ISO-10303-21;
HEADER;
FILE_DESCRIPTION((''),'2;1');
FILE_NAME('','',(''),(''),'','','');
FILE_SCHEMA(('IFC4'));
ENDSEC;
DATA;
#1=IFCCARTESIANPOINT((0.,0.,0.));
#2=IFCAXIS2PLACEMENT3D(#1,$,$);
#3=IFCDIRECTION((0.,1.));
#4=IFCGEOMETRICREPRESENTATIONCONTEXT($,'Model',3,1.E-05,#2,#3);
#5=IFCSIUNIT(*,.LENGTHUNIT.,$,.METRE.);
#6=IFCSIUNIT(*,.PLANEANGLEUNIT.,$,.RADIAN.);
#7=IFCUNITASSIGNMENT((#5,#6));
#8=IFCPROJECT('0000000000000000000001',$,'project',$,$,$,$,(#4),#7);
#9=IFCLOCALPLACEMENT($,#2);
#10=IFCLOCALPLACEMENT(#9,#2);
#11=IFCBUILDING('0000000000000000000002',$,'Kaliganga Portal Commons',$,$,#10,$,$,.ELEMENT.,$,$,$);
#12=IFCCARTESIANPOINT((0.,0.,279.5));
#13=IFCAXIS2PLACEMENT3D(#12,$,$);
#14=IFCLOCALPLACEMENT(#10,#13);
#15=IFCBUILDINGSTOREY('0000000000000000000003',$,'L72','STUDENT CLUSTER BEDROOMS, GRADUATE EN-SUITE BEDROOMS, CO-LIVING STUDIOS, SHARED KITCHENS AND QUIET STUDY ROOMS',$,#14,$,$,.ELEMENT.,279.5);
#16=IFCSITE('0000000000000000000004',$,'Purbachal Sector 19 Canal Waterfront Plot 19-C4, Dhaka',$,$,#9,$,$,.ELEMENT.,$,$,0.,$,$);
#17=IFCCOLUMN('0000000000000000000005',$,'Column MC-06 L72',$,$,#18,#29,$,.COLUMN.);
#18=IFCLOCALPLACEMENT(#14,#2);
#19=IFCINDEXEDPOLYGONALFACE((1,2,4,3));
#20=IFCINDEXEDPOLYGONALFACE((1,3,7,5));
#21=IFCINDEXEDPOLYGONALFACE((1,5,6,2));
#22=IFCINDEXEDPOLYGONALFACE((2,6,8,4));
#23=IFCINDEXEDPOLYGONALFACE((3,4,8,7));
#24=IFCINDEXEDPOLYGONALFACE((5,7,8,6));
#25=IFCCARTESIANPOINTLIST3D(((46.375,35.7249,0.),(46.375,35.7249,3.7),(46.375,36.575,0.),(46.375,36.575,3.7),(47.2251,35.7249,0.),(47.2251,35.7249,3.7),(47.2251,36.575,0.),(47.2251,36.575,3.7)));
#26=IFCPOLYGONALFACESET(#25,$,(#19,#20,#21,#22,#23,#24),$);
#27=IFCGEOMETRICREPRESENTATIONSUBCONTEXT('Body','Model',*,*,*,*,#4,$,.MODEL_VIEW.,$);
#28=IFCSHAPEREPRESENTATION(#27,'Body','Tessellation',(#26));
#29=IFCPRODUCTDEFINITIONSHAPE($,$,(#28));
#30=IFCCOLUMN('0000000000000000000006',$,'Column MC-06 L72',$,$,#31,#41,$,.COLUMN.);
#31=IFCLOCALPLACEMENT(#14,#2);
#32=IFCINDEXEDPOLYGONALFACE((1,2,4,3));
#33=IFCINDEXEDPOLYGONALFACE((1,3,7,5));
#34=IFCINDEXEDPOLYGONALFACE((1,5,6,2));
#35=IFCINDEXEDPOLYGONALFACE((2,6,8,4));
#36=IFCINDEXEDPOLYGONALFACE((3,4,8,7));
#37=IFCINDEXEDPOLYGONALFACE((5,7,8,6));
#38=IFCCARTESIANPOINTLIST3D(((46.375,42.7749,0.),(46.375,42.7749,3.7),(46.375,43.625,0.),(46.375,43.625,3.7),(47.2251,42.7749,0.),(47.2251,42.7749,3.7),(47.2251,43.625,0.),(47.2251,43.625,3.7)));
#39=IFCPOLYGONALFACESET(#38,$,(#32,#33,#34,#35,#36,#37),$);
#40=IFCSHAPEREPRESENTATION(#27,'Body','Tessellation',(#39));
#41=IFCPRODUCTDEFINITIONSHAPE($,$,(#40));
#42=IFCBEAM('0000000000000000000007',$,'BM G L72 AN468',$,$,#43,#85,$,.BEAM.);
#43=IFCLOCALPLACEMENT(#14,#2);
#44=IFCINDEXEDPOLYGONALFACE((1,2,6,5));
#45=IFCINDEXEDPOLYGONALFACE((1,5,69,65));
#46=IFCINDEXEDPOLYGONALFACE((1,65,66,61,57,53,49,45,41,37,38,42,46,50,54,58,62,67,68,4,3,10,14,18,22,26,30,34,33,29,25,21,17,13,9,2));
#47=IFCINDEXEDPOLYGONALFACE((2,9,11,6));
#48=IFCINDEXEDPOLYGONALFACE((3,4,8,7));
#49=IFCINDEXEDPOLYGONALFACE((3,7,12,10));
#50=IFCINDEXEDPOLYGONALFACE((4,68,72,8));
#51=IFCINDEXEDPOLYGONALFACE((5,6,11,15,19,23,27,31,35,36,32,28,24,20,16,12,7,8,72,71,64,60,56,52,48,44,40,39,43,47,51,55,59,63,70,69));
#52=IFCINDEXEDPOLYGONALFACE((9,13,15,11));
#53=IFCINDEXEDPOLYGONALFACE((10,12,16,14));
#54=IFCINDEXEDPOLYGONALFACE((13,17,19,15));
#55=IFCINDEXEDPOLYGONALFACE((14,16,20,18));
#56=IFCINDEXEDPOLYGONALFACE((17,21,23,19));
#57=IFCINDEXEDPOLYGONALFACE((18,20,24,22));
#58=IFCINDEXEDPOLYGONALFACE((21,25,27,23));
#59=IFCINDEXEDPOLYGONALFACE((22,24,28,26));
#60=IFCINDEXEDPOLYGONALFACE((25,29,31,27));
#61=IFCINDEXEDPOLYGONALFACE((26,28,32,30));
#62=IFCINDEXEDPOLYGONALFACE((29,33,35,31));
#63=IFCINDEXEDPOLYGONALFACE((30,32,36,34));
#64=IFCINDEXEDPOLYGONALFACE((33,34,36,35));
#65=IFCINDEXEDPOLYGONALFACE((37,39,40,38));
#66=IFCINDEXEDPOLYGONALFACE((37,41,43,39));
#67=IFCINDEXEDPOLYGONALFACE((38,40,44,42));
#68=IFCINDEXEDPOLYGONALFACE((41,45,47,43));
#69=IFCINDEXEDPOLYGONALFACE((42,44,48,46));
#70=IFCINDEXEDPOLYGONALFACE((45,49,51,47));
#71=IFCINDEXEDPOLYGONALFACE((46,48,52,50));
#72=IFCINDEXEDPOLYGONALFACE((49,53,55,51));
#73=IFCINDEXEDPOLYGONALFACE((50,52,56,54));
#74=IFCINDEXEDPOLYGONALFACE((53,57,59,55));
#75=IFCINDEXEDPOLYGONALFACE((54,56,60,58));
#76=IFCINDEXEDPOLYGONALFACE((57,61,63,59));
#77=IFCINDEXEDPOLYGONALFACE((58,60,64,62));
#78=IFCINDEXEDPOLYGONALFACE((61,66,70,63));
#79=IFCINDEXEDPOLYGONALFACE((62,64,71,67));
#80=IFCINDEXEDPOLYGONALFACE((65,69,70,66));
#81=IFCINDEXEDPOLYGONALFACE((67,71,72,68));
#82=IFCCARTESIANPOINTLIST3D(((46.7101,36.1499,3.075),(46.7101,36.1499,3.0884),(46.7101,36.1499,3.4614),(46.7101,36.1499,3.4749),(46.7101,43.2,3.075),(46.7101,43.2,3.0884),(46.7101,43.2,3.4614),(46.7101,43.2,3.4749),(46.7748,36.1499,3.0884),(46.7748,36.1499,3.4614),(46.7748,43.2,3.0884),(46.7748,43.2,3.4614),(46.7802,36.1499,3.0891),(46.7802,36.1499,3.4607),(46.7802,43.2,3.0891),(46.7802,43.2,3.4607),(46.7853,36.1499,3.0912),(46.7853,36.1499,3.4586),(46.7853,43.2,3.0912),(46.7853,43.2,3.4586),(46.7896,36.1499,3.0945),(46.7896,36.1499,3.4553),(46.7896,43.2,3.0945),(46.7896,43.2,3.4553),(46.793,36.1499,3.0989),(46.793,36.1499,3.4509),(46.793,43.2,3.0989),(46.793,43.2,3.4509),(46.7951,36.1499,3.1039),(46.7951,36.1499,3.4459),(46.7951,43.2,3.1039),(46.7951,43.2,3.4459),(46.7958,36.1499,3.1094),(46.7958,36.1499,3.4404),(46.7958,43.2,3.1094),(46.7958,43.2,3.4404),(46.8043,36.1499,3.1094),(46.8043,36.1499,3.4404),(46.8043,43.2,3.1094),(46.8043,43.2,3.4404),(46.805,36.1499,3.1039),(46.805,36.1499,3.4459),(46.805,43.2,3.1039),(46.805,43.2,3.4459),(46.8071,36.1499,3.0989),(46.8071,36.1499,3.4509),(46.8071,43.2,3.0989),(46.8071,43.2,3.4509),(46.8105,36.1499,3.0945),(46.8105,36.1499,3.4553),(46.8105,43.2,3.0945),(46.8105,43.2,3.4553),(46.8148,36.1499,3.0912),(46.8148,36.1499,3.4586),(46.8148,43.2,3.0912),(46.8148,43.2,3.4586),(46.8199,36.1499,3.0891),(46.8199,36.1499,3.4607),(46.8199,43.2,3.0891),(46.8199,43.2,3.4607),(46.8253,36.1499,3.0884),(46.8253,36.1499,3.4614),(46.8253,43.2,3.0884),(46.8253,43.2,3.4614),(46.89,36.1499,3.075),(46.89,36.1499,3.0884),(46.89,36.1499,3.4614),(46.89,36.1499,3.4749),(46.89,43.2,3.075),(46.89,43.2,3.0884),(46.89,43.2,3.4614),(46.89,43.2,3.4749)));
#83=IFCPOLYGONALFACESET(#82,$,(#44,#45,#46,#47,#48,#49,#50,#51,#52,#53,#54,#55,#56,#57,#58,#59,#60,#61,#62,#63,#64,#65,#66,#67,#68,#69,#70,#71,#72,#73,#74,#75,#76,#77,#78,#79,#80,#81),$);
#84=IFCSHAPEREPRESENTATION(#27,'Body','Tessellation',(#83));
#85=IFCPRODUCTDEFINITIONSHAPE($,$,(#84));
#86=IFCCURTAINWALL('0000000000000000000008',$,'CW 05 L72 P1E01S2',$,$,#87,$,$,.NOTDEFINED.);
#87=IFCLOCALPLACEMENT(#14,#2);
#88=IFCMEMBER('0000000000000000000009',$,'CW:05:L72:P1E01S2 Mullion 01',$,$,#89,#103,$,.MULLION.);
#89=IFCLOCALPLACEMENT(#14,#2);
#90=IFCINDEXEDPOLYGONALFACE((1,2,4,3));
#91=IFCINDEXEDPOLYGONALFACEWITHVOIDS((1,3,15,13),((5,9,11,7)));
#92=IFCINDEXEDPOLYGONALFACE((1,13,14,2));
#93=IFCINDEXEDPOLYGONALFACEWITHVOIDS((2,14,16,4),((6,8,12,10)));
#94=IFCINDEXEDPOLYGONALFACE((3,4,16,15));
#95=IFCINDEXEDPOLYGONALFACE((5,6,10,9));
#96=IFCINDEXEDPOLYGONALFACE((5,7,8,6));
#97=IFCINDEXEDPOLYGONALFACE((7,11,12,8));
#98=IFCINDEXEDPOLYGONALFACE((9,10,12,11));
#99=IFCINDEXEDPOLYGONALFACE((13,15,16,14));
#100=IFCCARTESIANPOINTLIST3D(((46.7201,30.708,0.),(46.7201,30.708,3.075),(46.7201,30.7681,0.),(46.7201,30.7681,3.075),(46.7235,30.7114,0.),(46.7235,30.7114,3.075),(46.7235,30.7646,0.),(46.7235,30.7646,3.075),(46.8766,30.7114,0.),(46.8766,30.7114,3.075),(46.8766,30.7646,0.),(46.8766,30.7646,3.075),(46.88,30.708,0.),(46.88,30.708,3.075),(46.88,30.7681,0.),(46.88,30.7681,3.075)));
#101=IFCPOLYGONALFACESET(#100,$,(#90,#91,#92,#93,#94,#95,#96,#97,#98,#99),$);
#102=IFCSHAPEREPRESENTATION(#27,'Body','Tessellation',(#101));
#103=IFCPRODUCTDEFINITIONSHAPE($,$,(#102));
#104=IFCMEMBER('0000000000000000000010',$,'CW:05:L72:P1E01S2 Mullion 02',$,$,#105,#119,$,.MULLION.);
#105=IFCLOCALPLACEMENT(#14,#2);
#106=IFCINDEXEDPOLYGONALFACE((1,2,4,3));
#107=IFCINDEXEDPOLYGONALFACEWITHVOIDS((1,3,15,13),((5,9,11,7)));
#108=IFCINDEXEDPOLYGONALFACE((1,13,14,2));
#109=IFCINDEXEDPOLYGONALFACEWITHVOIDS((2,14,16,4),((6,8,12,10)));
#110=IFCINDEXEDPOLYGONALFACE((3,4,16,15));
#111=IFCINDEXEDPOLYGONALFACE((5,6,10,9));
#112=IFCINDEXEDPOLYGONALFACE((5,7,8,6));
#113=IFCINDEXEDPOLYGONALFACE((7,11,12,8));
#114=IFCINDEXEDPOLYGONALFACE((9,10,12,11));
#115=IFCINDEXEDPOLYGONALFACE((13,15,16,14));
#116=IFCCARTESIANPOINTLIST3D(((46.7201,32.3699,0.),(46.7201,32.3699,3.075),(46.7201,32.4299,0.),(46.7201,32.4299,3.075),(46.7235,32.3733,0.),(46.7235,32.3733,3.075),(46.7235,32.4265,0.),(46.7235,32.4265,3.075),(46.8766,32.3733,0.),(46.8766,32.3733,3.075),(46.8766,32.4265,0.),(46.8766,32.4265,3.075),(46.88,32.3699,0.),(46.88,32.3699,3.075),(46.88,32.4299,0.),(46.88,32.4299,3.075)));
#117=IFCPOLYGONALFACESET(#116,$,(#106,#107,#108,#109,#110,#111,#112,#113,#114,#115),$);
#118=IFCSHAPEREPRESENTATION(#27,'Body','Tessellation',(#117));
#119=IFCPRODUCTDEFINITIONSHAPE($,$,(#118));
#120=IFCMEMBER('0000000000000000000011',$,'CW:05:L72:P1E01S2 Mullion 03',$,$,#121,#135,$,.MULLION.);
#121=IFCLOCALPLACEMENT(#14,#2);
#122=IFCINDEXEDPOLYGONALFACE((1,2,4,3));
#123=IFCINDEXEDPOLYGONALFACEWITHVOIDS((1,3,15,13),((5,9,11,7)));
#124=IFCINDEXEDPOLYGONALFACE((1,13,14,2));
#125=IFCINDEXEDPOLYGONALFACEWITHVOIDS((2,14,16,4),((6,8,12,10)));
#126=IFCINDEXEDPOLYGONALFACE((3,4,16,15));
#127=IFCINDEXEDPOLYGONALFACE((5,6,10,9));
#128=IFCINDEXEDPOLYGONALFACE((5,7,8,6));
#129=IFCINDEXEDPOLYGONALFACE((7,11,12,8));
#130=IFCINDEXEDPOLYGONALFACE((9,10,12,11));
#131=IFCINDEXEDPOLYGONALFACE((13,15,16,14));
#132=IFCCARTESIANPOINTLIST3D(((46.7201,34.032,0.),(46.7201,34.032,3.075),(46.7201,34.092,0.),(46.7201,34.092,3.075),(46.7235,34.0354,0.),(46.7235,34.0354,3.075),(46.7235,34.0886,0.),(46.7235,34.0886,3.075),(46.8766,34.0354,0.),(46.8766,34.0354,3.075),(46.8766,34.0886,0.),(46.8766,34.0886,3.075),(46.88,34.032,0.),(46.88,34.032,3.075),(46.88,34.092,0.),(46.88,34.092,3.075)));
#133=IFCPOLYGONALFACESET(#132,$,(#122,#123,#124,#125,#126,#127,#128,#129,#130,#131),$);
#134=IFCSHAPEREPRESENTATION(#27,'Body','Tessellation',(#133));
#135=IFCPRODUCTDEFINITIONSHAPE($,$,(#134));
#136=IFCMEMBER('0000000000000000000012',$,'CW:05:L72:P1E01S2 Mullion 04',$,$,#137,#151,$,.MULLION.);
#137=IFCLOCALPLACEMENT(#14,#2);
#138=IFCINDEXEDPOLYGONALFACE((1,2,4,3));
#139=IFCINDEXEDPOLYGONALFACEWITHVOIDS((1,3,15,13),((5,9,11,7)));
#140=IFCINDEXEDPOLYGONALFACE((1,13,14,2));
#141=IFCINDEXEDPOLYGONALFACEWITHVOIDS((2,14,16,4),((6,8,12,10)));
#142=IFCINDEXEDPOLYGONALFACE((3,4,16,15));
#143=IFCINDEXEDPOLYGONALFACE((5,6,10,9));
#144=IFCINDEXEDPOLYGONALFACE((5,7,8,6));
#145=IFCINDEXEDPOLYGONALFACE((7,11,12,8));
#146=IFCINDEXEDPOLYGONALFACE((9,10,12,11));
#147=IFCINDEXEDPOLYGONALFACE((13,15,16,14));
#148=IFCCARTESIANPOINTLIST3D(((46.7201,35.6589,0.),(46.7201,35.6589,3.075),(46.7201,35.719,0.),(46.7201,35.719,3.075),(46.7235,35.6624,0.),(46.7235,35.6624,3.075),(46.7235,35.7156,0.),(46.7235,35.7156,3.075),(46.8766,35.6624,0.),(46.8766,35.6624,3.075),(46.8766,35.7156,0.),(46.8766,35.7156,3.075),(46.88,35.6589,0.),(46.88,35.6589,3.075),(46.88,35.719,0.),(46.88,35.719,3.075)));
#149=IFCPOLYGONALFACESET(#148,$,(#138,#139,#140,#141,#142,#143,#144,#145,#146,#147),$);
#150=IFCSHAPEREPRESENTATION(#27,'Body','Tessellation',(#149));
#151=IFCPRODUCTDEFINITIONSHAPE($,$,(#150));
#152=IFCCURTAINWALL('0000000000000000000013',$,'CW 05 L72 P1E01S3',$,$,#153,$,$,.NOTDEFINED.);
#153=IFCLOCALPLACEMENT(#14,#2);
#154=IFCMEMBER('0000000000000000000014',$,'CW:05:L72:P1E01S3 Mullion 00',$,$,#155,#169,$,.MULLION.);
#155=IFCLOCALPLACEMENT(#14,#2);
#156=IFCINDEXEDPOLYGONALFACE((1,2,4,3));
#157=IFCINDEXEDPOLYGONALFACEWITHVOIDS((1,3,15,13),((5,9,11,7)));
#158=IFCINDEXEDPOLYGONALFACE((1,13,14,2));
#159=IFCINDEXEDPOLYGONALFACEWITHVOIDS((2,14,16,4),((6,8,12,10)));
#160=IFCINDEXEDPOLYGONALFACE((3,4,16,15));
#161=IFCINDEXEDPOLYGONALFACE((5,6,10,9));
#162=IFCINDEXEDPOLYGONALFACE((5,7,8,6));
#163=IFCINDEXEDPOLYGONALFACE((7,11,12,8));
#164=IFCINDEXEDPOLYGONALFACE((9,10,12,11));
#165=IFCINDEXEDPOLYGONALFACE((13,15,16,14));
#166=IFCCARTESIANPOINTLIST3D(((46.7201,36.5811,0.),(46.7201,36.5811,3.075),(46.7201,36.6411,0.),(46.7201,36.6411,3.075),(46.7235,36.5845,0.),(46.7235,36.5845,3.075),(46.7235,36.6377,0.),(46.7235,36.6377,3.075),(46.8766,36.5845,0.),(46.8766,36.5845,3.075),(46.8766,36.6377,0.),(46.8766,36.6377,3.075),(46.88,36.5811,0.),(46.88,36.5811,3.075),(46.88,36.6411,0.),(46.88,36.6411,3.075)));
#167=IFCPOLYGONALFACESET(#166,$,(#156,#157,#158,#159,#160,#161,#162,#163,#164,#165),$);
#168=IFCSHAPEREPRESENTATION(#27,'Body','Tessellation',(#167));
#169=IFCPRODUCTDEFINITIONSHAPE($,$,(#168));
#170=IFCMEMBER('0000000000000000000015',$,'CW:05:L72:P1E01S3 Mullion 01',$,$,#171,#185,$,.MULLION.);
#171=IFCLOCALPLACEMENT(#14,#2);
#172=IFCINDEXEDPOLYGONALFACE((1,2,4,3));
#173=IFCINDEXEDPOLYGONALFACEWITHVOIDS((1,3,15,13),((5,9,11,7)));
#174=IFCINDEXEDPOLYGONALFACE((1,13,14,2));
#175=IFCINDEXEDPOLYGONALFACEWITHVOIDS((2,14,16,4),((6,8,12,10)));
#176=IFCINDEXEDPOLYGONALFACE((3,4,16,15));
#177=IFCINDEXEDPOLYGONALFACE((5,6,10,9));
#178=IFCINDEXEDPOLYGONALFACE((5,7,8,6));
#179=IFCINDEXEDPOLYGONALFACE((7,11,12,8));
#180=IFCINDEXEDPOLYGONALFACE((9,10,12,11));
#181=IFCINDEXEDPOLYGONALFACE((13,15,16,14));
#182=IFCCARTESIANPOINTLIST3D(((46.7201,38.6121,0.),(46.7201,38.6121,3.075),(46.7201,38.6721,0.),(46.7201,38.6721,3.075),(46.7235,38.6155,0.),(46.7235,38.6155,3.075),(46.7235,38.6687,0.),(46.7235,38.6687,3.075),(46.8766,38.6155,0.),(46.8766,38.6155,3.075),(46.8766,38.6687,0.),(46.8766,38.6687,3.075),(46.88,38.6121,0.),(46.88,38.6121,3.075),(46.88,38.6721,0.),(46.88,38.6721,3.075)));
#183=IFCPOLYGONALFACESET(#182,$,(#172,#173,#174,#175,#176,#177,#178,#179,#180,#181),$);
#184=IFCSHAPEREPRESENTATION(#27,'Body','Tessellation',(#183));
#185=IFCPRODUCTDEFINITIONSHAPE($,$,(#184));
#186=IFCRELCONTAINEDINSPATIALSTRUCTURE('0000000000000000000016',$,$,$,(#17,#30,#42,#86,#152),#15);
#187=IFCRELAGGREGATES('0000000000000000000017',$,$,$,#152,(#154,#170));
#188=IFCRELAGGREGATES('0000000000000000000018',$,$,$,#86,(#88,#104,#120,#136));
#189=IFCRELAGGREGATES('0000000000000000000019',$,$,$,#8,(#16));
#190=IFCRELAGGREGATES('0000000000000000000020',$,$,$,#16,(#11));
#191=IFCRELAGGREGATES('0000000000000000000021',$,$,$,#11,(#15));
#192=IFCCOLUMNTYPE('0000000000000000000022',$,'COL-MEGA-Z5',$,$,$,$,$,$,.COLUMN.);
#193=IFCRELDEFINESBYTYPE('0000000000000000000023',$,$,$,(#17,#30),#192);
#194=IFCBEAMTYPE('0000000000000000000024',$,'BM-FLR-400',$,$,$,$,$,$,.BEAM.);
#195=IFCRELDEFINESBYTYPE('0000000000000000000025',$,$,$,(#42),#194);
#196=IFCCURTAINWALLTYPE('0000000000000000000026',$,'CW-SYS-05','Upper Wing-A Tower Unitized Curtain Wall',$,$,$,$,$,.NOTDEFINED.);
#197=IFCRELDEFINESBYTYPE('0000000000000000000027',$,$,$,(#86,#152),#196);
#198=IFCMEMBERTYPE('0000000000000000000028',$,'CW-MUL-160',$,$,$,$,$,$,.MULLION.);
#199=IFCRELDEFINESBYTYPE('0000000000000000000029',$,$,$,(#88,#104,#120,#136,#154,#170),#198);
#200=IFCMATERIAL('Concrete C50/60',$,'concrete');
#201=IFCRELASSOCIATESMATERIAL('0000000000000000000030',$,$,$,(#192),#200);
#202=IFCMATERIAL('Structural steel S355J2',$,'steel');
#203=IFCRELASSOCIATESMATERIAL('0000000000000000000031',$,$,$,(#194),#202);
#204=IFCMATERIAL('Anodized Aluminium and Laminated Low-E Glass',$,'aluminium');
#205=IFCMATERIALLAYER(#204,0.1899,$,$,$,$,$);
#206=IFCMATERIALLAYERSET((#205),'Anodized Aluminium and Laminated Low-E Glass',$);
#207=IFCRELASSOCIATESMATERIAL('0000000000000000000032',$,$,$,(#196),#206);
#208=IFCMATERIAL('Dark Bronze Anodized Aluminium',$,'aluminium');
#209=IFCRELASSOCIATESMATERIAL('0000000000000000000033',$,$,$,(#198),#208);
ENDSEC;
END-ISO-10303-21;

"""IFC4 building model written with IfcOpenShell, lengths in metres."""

from ifc_helpers import new_model, si_unit, direction, frame, origin, origin_2d, place, context, subcontext, project, spatial, rectangle, hollow_rectangle, i_section, extrude, source, transform, mapped, material, layer, layer_set, material_profile, profile_set, type_object, element, aggregate, save


model = new_model("IFC4")

# Units and contexts
model_context = context("Model", 3, precision=1e-05, world=origin(), true_north=direction((0.0, 1.0)))
body_context = subcontext(model_context, "Body", "Model", "MODEL_VIEW")
ifc_project = project(units=[si_unit("LENGTHUNIT", "METRE"), si_unit("PLANEANGLEUNIT", "RADIAN")], contexts=[model_context])

# Site, building, storey
site_placement = place(None, origin())
site = spatial("IfcSite", under=ifc_project, at=site_placement, Name="Purbachal Sector 19 Canal Waterfront Plot 19-C4, Dhaka", CompositionType="ELEMENT", RefElevation=0.0)
building_placement = place(site_placement, origin())
building = spatial("IfcBuilding", under=site, at=building_placement, Name="Kaliganga Portal Commons", CompositionType="ELEMENT")
storey_placement = place(building_placement, frame((0.0, 0.0, 279.5)))
storey = spatial("IfcBuildingStorey", under=building, at=storey_placement, Name="L72", Description="STUDENT CLUSTER BEDROOMS, GRADUATE EN-SUITE BEDROOMS, CO-LIVING STUDIOS, SHARED KITCHENS AND QUIET STUDY ROOMS", CompositionType="ELEMENT", Elevation=279.5)

# Columns
ifc_material_1 = material(Name="Concrete C50/60", Category="concrete")
ifc_material_profile_1 = material_profile(ifc_material_1, rectangle(XDim=0.8501, YDim=0.8501, at=origin_2d()), Name="RC 850x850")
ifc_profile_set_1 = profile_set([ifc_material_profile_1], Name="Concrete C50/60")
column_type = type_object("IfcColumnType", Name="COL-MEGA-Z5", PredefinedType="COLUMN", material=ifc_profile_set_1)
shared_shape_1 = source(origin(), body_context, "Body", "SweptSolid", [
    extrude(rectangle(XDim=0.8501, YDim=0.8501, at=origin_2d()), origin(), (0.0, 0.0, 1.0), 3.7),
])
for number, where, z_axis, x_axis, name in (
    (1, (46.8, 36.1499, 0.0), (0.0, 0.0, 1.0), (1.0, 0.0, 0.0), "Column MC-06 L72"),
    (2, (46.8, 43.2, 0.0), (0.0, 0.0, 1.0), (1.0, 0.0, 0.0), "Column MC-06 L72"),
):
    element("IfcColumn", number, at=place(storey_placement, frame(where, z_axis=z_axis, x_axis=x_axis)), inside=storey, type_object=column_type, Name=name, PredefinedType="COLUMN", context=body_context, shape_type="MappedRepresentation", body=[
        mapped(shared_shape_1, transform((0.0, 0.0, 0.0), x_axis=(1.0, 0.0, 0.0), y_axis=(0.0, 1.0, 0.0), z_axis=(0.0, 0.0, 1.0), scale=1.0)),
    ])

# Beam
ifc_material_2 = material(Name="Structural steel S355J2", Category="steel")
ifc_material_profile_2 = material_profile(ifc_material_2, i_section(OverallWidth=0.1799, OverallDepth=0.3999, WebThickness=0.0085, FlangeThickness=0.0134, FilletRadius=0.021, at=origin_2d()), Name="IPE 400")
ifc_profile_set_2 = profile_set([ifc_material_profile_2], Name="Structural steel S355J2 wide-flange")
beam_type = type_object("IfcBeamType", Name="BM-FLR-400", PredefinedType="BEAM", material=ifc_profile_set_2)
shared_shape_2 = source(origin(), body_context, "Body", "SweptSolid", [
    extrude(i_section(OverallWidth=0.1799, OverallDepth=0.3999, WebThickness=0.0085, FlangeThickness=0.0134, FilletRadius=0.021, at=origin_2d()), origin(), (0.0, 0.0, 1.0), 7.05),
])
beam_placement = place(storey_placement, frame((46.8, 36.1499, 3.2749), z_axis=(0.0, 1.0, 0.0), x_axis=(-1.0, 0.0, 0.0)))
element("IfcBeam", 3, at=beam_placement, inside=storey, type_object=beam_type, Name="BM G L72 AN468", PredefinedType="BEAM", context=body_context, shape_type="MappedRepresentation", body=[
    mapped(shared_shape_2, transform((0.0, 0.0, 0.0), x_axis=(1.0, 0.0, 0.0), y_axis=(0.0, 1.0, 0.0), z_axis=(0.0, 0.0, 1.0), scale=1.0)),
])

# Curtain wall, members
ifc_material_3 = material(Name="Anodized Aluminium and Laminated Low-E Glass", Category="aluminium")
ifc_layer_1 = layer(ifc_material_3, 0.1899)
ifc_layer_set_1 = layer_set([ifc_layer_1], Name="Anodized Aluminium and Laminated Low-E Glass")
curtain_wall_type = type_object("IfcCurtainWallType", Name="CW-SYS-05", Description="Upper Wing-A Tower Unitized Curtain Wall", PredefinedType="NOTDEFINED", material=ifc_layer_set_1)
curtain_wall_1_placement = place(storey_placement, origin())
curtain_wall_1 = element("IfcCurtainWall", 4, at=curtain_wall_1_placement, inside=storey, type_object=curtain_wall_type, Name="CW 05 L72 P1E01S2", PredefinedType="NOTDEFINED")
ifc_material_4 = material(Name="Dark Bronze Anodized Aluminium", Category="aluminium")
ifc_material_profile_3 = material_profile(ifc_material_4, hollow_rectangle(XDim=0.0601, YDim=0.1599, WallThickness=0.0034, at=origin_2d()), Name="ALU MULL 60x160x3.5")
ifc_profile_set_3 = profile_set([ifc_material_profile_3], Name="Dark Bronze Anodized Aluminium")
member_type_1 = type_object("IfcMemberType", Name="CW-MUL-160", PredefinedType="MULLION", material=ifc_profile_set_3)
shared_shape_3 = source(origin(), body_context, "Body", "SweptSolid", [
    extrude(hollow_rectangle(XDim=0.0601, YDim=0.1599, WallThickness=0.0034, at=origin_2d()), origin(), (0.0, 0.0, 1.0), 3.075),
])
member_1_placement = place(storey_placement, frame((46.8, 30.738, 0.0), z_axis=(0.0, 0.0, 1.0), x_axis=(0.0, 1.0, 0.0)))
member_1 = element("IfcMember", 5, at=member_1_placement, type_object=member_type_1, Name="CW:05:L72:P1E01S2 Mullion 01", PredefinedType="MULLION", context=body_context, shape_type="MappedRepresentation", body=[
    mapped(shared_shape_3, transform((0.0, 0.0, 0.0), x_axis=(1.0, 0.0, 0.0), y_axis=(0.0, 1.0, 0.0), z_axis=(0.0, 0.0, 1.0), scale=1.0)),
])
member_2_placement = place(storey_placement, frame((46.8, 32.3999, 0.0), z_axis=(0.0, 0.0, 1.0), x_axis=(0.0, 1.0, 0.0)))
member_2 = element("IfcMember", 6, at=member_2_placement, type_object=member_type_1, Name="CW:05:L72:P1E01S2 Mullion 02", PredefinedType="MULLION", context=body_context, shape_type="MappedRepresentation", body=[
    mapped(shared_shape_3, transform((0.0, 0.0, 0.0), x_axis=(1.0, 0.0, 0.0), y_axis=(0.0, 1.0, 0.0), z_axis=(0.0, 0.0, 1.0), scale=1.0)),
])
member_3_placement = place(storey_placement, frame((46.8, 34.062, 0.0), z_axis=(0.0, 0.0, 1.0), x_axis=(0.0, 1.0, 0.0)))
member_3 = element("IfcMember", 7, at=member_3_placement, type_object=member_type_1, Name="CW:05:L72:P1E01S2 Mullion 03", PredefinedType="MULLION", context=body_context, shape_type="MappedRepresentation", body=[
    mapped(shared_shape_3, transform((0.0, 0.0, 0.0), x_axis=(1.0, 0.0, 0.0), y_axis=(0.0, 1.0, 0.0), z_axis=(0.0, 0.0, 1.0), scale=1.0)),
])
member_4_placement = place(storey_placement, frame((46.8, 35.689, 0.0), z_axis=(0.0, 0.0, 1.0), x_axis=(0.0, 1.0, 0.0)))
member_4 = element("IfcMember", 8, at=member_4_placement, type_object=member_type_1, Name="CW:05:L72:P1E01S2 Mullion 04", PredefinedType="MULLION", context=body_context, shape_type="MappedRepresentation", body=[
    mapped(shared_shape_3, transform((0.0, 0.0, 0.0), x_axis=(1.0, 0.0, 0.0), y_axis=(0.0, 1.0, 0.0), z_axis=(0.0, 0.0, 1.0), scale=1.0)),
])

# Curtain wall, members
curtain_wall_2_placement = place(storey_placement, origin())
curtain_wall_2 = element("IfcCurtainWall", 9, at=curtain_wall_2_placement, inside=storey, type_object=curtain_wall_type, Name="CW 05 L72 P1E01S3", PredefinedType="NOTDEFINED")
member_5_placement = place(storey_placement, frame((46.8, 36.6111, 0.0), z_axis=(0.0, 0.0, 1.0), x_axis=(0.0, 1.0, 0.0)))
member_5 = element("IfcMember", 10, at=member_5_placement, type_object=member_type_1, Name="CW:05:L72:P1E01S3 Mullion 00", PredefinedType="MULLION", context=body_context, shape_type="MappedRepresentation", body=[
    mapped(shared_shape_3, transform((0.0, 0.0, 0.0), x_axis=(1.0, 0.0, 0.0), y_axis=(0.0, 1.0, 0.0), z_axis=(0.0, 0.0, 1.0), scale=1.0)),
])
member_6_placement = place(storey_placement, frame((46.8, 38.6421, 0.0), z_axis=(0.0, 0.0, 1.0), x_axis=(0.0, 1.0, 0.0)))
member_6 = element("IfcMember", 11, at=member_6_placement, type_object=member_type_1, Name="CW:05:L72:P1E01S3 Mullion 01", PredefinedType="MULLION", context=body_context, shape_type="MappedRepresentation", body=[
    mapped(shared_shape_3, transform((0.0, 0.0, 0.0), x_axis=(1.0, 0.0, 0.0), y_axis=(0.0, 1.0, 0.0), z_axis=(0.0, 0.0, 1.0), scale=1.0)),
])
aggregate(curtain_wall_2, [member_5, member_6])

aggregate(curtain_wall_1, [member_1, member_2, member_3, member_4])

save(model, "model.ifc")
